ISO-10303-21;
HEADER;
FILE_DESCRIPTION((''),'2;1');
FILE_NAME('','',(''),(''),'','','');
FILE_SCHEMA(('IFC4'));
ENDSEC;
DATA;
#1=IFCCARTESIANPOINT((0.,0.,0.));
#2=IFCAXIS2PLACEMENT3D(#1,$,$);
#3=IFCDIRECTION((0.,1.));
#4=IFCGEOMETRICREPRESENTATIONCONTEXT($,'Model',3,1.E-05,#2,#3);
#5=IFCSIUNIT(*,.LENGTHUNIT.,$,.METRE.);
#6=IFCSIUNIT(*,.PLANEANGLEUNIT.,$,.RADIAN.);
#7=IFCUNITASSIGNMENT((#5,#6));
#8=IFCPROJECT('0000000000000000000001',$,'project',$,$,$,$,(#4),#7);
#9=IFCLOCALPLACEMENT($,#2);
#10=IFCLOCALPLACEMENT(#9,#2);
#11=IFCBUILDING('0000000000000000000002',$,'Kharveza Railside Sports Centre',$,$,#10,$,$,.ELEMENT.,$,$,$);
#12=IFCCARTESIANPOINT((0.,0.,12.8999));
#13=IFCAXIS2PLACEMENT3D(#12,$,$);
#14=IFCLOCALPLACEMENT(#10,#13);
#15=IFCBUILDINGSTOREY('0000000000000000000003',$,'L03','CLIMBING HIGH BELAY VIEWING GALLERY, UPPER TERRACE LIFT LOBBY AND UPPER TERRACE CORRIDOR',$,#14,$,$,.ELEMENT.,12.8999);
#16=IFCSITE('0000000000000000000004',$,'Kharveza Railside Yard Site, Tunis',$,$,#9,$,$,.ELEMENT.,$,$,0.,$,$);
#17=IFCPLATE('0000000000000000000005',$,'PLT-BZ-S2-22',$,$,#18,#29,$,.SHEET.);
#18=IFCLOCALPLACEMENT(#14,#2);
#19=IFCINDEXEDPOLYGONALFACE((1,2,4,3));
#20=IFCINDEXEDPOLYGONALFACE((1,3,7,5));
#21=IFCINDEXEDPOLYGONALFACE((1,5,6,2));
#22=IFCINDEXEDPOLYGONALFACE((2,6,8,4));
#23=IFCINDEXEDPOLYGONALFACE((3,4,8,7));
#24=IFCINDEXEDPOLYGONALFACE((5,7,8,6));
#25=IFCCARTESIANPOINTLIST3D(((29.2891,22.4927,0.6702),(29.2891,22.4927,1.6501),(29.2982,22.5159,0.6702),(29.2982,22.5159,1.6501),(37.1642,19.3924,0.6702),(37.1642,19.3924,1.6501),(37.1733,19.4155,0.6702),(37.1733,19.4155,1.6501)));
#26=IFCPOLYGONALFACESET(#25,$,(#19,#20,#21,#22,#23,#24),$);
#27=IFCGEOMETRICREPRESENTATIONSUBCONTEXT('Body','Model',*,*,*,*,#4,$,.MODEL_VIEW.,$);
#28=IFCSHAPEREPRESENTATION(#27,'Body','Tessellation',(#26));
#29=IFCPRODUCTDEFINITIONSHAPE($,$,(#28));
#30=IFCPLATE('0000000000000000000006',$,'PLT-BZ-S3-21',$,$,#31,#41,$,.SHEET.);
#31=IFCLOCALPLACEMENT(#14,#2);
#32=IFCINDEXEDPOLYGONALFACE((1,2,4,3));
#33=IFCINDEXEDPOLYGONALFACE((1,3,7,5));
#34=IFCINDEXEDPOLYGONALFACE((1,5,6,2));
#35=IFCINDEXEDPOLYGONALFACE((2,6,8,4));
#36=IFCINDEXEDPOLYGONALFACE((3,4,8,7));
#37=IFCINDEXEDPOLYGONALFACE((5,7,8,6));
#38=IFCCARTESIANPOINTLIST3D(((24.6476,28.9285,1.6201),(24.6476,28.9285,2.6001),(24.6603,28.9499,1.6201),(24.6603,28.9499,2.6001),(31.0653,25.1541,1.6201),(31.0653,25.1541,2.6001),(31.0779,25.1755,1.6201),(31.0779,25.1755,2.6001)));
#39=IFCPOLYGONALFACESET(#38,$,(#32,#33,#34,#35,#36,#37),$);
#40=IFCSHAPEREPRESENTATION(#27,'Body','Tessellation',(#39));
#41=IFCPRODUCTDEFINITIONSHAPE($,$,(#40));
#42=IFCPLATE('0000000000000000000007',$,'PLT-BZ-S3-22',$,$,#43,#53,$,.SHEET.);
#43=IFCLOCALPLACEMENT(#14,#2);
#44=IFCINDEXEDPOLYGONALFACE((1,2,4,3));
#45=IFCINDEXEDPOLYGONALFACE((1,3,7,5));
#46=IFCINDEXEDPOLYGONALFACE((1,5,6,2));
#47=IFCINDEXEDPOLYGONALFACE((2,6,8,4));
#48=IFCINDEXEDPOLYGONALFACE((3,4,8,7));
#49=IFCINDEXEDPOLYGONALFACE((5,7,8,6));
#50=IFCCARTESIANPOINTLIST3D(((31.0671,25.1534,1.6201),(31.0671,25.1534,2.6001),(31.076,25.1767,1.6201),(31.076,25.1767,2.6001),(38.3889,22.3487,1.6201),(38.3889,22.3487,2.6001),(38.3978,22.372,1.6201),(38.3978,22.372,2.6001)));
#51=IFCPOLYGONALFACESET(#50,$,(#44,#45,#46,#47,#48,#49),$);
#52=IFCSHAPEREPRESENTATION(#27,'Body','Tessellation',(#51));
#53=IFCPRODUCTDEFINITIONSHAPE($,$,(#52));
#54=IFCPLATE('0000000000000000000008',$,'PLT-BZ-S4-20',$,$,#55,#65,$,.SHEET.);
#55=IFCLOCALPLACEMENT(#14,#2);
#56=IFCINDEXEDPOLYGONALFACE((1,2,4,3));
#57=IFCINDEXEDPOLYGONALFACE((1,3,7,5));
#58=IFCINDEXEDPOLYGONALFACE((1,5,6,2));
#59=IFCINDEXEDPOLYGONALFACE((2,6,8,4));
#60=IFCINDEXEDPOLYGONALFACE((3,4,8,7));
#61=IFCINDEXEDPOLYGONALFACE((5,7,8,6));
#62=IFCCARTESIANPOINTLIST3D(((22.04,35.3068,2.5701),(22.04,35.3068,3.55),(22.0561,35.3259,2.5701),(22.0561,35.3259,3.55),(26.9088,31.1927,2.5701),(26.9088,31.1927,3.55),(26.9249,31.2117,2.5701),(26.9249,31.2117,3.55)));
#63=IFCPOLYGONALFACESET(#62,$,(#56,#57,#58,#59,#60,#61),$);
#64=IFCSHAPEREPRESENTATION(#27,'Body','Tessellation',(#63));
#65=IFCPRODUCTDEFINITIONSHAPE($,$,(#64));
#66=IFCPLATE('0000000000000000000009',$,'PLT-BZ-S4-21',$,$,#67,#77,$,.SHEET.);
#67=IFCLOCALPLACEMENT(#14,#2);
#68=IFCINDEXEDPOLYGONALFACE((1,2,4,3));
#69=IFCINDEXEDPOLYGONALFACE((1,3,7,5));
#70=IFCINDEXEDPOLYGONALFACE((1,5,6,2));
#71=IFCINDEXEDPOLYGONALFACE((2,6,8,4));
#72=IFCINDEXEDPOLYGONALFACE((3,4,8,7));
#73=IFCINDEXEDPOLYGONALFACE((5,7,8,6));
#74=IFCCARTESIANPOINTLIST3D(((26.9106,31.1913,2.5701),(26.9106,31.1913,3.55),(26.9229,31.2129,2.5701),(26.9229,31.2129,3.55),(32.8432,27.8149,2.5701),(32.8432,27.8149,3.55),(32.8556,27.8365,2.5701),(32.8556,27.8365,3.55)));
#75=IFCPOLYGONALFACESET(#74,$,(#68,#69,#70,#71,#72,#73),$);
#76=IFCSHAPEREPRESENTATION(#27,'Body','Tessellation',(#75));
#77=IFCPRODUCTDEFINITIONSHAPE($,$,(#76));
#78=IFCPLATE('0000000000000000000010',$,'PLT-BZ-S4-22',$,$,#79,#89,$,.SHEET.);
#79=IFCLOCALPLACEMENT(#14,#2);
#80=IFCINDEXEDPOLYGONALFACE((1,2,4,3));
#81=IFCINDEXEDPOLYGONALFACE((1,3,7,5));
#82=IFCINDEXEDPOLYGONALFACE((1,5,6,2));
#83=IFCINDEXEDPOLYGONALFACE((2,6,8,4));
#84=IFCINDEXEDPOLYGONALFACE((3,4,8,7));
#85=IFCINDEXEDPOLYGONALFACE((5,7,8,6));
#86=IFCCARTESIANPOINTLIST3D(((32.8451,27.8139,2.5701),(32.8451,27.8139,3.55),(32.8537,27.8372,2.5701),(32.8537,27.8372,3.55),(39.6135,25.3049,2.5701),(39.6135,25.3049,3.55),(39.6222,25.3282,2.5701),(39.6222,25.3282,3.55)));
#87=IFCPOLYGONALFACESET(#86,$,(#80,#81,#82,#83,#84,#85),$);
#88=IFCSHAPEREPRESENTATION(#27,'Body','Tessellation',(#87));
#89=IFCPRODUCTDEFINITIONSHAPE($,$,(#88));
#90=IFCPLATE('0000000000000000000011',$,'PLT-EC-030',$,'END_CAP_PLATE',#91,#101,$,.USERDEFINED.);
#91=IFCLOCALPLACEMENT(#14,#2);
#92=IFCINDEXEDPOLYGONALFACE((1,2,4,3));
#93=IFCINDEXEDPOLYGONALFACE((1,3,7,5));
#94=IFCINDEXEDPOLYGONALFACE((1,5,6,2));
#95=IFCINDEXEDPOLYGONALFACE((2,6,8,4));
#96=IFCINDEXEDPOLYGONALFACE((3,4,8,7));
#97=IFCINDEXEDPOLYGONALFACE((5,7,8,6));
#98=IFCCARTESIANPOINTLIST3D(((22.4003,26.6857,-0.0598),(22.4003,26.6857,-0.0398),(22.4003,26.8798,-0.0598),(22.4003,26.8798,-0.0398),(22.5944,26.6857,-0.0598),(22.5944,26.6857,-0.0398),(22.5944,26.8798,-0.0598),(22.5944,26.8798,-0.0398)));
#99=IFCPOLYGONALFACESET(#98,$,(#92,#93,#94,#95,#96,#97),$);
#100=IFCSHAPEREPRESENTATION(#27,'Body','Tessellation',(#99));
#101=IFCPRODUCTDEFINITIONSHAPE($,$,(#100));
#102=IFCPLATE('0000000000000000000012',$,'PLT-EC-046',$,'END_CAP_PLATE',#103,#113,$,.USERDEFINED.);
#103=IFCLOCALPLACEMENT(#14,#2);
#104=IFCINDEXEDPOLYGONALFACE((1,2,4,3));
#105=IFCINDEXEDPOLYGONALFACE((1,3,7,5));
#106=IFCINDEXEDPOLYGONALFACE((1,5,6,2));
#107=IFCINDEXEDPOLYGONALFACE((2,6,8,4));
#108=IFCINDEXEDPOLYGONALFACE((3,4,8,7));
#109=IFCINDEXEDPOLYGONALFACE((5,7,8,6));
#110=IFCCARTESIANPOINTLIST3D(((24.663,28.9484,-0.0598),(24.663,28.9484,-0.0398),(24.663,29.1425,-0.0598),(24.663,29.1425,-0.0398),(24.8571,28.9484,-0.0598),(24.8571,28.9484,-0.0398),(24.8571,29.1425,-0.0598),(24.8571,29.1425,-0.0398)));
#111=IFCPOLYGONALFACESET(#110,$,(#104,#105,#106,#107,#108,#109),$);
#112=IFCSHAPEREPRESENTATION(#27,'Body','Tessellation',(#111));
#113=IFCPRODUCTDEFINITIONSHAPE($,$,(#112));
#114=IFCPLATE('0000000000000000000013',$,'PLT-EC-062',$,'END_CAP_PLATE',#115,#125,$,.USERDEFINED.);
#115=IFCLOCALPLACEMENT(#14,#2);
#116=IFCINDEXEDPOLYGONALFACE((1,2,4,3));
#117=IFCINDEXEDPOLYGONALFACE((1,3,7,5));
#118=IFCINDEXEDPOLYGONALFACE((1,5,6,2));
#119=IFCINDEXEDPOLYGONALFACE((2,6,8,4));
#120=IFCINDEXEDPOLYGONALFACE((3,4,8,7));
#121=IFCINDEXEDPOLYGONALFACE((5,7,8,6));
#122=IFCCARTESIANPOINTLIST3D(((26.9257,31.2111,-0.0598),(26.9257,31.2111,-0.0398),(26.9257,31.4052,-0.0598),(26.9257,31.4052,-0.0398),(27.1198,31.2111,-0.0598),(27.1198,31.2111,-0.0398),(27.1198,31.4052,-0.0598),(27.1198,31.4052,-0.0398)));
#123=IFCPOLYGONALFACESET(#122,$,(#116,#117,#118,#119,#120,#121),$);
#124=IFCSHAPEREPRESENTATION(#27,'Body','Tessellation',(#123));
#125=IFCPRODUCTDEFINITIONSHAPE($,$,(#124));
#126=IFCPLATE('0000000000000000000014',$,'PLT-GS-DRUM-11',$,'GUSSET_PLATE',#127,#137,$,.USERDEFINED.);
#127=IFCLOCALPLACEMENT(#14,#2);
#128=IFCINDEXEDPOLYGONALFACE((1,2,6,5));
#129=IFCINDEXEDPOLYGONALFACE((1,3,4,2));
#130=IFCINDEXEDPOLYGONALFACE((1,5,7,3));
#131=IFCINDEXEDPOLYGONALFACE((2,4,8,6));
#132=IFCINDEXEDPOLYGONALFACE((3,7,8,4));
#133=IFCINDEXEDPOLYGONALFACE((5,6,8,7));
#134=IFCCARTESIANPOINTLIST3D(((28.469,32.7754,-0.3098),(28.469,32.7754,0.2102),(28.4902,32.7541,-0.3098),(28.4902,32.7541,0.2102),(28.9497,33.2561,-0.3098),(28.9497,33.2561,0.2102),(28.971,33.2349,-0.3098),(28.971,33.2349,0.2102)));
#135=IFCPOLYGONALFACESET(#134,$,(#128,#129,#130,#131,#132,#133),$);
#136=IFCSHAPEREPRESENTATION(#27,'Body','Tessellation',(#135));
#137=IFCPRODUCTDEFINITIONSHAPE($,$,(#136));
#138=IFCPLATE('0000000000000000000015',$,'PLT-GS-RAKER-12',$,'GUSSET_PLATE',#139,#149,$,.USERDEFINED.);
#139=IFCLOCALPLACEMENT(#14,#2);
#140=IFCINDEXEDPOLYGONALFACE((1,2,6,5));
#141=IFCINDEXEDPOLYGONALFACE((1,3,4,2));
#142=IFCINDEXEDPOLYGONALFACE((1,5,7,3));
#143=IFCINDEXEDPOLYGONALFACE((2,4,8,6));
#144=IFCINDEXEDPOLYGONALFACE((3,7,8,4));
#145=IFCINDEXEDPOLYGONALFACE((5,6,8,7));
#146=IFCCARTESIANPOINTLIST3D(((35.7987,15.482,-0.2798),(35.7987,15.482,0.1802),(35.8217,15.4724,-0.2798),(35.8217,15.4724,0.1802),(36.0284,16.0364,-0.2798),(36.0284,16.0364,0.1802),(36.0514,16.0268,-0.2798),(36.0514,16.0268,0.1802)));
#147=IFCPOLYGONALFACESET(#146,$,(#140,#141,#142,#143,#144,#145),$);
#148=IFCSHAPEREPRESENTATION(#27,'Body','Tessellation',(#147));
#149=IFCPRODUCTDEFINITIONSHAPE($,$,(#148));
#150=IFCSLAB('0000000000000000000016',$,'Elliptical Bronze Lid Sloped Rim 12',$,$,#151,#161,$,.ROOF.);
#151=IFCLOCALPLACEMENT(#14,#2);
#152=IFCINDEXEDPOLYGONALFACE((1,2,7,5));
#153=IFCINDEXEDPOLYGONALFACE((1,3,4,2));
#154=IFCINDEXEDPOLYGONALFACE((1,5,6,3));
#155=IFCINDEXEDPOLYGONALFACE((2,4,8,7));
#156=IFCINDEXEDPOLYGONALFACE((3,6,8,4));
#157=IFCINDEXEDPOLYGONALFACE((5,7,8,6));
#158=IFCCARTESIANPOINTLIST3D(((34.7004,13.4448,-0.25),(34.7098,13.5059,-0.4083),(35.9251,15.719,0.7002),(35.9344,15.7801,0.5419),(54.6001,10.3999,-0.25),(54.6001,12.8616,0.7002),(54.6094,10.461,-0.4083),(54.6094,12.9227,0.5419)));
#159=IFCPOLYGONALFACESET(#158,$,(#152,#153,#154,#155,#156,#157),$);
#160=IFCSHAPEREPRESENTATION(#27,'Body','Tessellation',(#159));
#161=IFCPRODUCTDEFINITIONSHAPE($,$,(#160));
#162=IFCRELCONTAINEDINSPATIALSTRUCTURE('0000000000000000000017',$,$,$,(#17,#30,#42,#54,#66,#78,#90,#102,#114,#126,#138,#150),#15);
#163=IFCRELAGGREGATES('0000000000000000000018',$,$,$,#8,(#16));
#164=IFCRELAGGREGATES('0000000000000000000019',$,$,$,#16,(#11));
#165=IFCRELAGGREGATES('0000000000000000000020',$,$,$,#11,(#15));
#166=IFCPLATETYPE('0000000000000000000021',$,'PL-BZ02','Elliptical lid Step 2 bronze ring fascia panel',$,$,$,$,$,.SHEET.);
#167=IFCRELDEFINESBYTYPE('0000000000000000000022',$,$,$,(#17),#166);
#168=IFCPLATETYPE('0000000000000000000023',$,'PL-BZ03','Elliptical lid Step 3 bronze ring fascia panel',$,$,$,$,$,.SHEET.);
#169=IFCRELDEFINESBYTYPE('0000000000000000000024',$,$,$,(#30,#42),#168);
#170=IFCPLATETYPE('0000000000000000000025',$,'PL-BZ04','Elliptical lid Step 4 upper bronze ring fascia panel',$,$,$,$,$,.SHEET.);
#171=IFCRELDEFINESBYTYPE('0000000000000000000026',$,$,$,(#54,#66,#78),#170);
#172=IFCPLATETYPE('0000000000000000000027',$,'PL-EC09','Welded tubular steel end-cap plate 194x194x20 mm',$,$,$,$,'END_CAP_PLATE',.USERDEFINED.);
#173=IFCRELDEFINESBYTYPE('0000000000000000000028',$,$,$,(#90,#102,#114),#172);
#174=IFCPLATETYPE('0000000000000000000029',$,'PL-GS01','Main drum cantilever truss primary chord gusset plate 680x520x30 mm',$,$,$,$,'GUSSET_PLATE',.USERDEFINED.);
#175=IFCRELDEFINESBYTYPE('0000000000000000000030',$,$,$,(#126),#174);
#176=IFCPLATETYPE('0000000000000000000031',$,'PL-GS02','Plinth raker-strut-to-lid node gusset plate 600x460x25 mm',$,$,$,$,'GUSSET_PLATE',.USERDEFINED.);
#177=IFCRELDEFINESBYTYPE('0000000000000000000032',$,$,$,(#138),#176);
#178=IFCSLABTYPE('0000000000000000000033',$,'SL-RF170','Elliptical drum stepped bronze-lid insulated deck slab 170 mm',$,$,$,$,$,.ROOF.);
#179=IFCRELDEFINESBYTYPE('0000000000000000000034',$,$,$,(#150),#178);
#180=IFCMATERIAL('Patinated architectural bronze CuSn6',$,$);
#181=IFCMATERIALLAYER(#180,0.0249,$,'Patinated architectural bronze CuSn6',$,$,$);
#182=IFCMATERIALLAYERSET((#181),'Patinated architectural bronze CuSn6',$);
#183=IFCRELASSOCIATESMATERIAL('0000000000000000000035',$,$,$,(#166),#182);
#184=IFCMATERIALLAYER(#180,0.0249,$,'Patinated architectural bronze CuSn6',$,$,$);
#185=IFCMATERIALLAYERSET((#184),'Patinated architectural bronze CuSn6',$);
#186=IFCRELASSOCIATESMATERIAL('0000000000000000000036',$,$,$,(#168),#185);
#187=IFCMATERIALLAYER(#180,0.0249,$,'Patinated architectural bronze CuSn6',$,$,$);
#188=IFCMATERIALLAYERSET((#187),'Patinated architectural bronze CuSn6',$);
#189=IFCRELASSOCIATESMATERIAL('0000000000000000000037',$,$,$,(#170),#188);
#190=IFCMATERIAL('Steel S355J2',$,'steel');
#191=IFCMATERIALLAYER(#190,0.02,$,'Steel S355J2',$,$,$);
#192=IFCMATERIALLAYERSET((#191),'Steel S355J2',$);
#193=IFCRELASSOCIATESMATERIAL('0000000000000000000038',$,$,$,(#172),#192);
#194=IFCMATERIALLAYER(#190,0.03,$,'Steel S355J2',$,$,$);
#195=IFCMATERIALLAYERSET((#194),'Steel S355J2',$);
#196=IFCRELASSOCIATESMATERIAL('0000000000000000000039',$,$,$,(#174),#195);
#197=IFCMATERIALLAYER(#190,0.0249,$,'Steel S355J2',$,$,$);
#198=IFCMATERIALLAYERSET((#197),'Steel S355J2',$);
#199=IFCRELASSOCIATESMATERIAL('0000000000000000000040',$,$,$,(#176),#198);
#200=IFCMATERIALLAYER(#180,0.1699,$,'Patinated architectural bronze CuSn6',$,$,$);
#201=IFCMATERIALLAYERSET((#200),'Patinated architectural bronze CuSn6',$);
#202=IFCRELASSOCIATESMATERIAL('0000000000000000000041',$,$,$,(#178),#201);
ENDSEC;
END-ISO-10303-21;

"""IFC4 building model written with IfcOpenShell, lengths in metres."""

from ifc_helpers import new_model, si_unit, direction, frame, origin, origin_2d, place, context, subcontext, project, spatial, polyline, rectangle, outline, extrude, material, layer, layer_set, type_object, element, save


model = new_model("IFC4")

# Units and contexts
model_context = context("Model", 3, precision=1e-05, world=origin(), true_north=direction((0.0, 1.0)))
body_context = subcontext(model_context, "Body", "Model", "MODEL_VIEW")
ifc_project = project(units=[si_unit("LENGTHUNIT", "METRE"), si_unit("PLANEANGLEUNIT", "RADIAN")], contexts=[model_context])

# Site, building, storey
site_placement = place(None, origin())
site = spatial("IfcSite", under=ifc_project, at=site_placement, Name="Kharveza Railside Yard Site, Tunis", CompositionType="ELEMENT", RefElevation=0.0)
building_placement = place(site_placement, origin())
building = spatial("IfcBuilding", under=site, at=building_placement, Name="Kharveza Railside Sports Centre", CompositionType="ELEMENT")
storey_placement = place(building_placement, frame((0.0, 0.0, 12.8999)))
storey = spatial("IfcBuildingStorey", under=building, at=storey_placement, Name="L03", Description="CLIMBING HIGH BELAY VIEWING GALLERY, UPPER TERRACE LIFT LOBBY AND UPPER TERRACE CORRIDOR", CompositionType="ELEMENT", Elevation=12.8999)

# Shared definitions
ifc_material_1 = material(Name="Steel S355J2", Category="steel")

# Plates
ifc_material_2 = material(Name="Patinated architectural bronze CuSn6")
ifc_layer_1 = layer(ifc_material_2, 0.0249, Name="Patinated architectural bronze CuSn6")
ifc_layer_set_1 = layer_set([ifc_layer_1], Name="Patinated architectural bronze CuSn6")
plate_type_1 = type_object("IfcPlateType", Name="PL-BZ02", Description="Elliptical lid Step 2 bronze ring fascia panel", PredefinedType="SHEET", material=ifc_layer_set_1)
plate_1_placement = place(storey_placement, frame((33.2312, 20.9541, 0.6702), z_axis=(0.0, 0.0, 1.0), x_axis=(0.930488, -0.366323, 0.0)))
element("IfcPlate", 1, at=plate_1_placement, inside=storey, type_object=plate_type_1, Name="PLT-BZ-S2-22", PredefinedType="SHEET", context=body_context, shape_type="SweptSolid", body=[
    extrude(rectangle(XDim=8.4634, YDim=0.0249, at=origin_2d()), origin(), (0.0, 0.0, 1.0), 0.98),
])
ifc_layer_2 = layer(ifc_material_2, 0.0249, Name="Patinated architectural bronze CuSn6")
ifc_layer_set_2 = layer_set([ifc_layer_2], Name="Patinated architectural bronze CuSn6")
plate_type_2 = type_object("IfcPlateType", Name="PL-BZ03", Description="Elliptical lid Step 3 bronze ring fascia panel", PredefinedType="SHEET", material=ifc_layer_set_2)
plate_2_placement = place(storey_placement, frame((27.8628, 27.052, 1.6201), z_axis=(0.0, 0.0, 1.0), x_axis=(0.861974, -0.506952, 0.0)))
element("IfcPlate", 2, at=plate_2_placement, inside=storey, type_object=plate_type_2, Name="PLT-BZ-S3-21", PredefinedType="SHEET", context=body_context, shape_type="SweptSolid", body=[
    extrude(rectangle(XDim=7.4453, YDim=0.0249, at=origin_2d()), origin(), (0.0, 0.0, 1.0), 0.98),
])
plate_3_placement = place(storey_placement, frame((34.7324, 23.7627, 1.6201), z_axis=(0.0, 0.0, 1.0), x_axis=(0.93383, -0.357716, 0.0)))
element("IfcPlate", 3, at=plate_3_placement, inside=storey, type_object=plate_type_2, Name="PLT-BZ-S3-22", PredefinedType="SHEET", context=body_context, shape_type="SweptSolid", body=[
    extrude(rectangle(XDim=7.8406, YDim=0.0249, at=origin_2d()), origin(), (0.0, 0.0, 1.0), 0.98),
])
ifc_layer_3 = layer(ifc_material_2, 0.0249, Name="Patinated architectural bronze CuSn6")
ifc_layer_set_3 = layer_set([ifc_layer_3], Name="Patinated architectural bronze CuSn6")
plate_type_3 = type_object("IfcPlateType", Name="PL-BZ04", Description="Elliptical lid Step 4 upper bronze ring fascia panel", PredefinedType="SHEET", material=ifc_layer_set_3)
plate_4_placement = place(storey_placement, frame((24.4824, 33.2593, 2.5701), z_axis=(0.0, 0.0, 1.0), x_axis=(0.763819, -0.645431, 0.0)))
element("IfcPlate", 4, at=plate_4_placement, inside=storey, type_object=plate_type_3, Name="PLT-BZ-S4-20", PredefinedType="SHEET", context=body_context, shape_type="SweptSolid", body=[
    extrude(rectangle(XDim=6.3743, YDim=0.0249, at=origin_2d()), origin(), (0.0, 0.0, 1.0), 0.98),
])
plate_5_placement = place(storey_placement, frame((29.8831, 29.5139, 2.5701), z_axis=(0.0, 0.0, 1.0), x_axis=(0.869107, -0.494625, 0.0)))
element("IfcPlate", 5, at=plate_5_placement, inside=storey, type_object=plate_type_3, Name="PLT-BZ-S4-21", PredefinedType="SHEET", context=body_context, shape_type="SweptSolid", body=[
    extrude(rectangle(XDim=6.8262, YDim=0.0249, at=origin_2d()), origin(), (0.0, 0.0, 1.0), 0.98),
])
plate_6_placement = place(storey_placement, frame((36.2336, 26.571, 2.5701), z_axis=(0.0, 0.0, 1.0), x_axis=(0.937653, -0.347574, 0.0)))
element("IfcPlate", 6, at=plate_6_placement, inside=storey, type_object=plate_type_3, Name="PLT-BZ-S4-22", PredefinedType="SHEET", context=body_context, shape_type="SweptSolid", body=[
    extrude(rectangle(XDim=7.2185, YDim=0.0249, at=origin_2d()), origin(), (0.0, 0.0, 1.0), 0.98),
])
ifc_layer_4 = layer(ifc_material_1, 0.02, Name="Steel S355J2")
ifc_layer_set_4 = layer_set([ifc_layer_4], Name="Steel S355J2")
plate_type_4 = type_object("IfcPlateType", Name="PL-EC09", Description="Welded tubular steel end-cap plate 194x194x20 mm", ElementType="END_CAP_PLATE", PredefinedType="USERDEFINED", material=ifc_layer_set_4)
for number, where, z_axis, x_axis, name in (
    (7, (22.4973, 26.7827, -0.0598), (0.0, 0.0, 1.0), (1.0, 0.0, 0.0), "PLT-EC-030"),
    (8, (24.76, 29.0454, -0.0598), (0.0, 0.0, 1.0), (1.0, 0.0, 0.0), "PLT-EC-046"),
    (9, (27.0227, 31.3081, -0.0598), (0.0, 0.0, 1.0), (1.0, 0.0, 0.0), "PLT-EC-062"),
):
    element("IfcPlate", number, at=place(storey_placement, frame(where, z_axis=z_axis, x_axis=x_axis)), inside=storey, type_object=plate_type_4, Name=name, ObjectType="END_CAP_PLATE", PredefinedType="USERDEFINED", context=body_context, shape_type="SweptSolid", body=[
        extrude(rectangle(XDim=0.1941, YDim=0.1941, at=origin_2d()), origin(), (0.0, 0.0, 1.0), 0.02),
    ])
ifc_layer_5 = layer(ifc_material_1, 0.03, Name="Steel S355J2")
ifc_layer_set_5 = layer_set([ifc_layer_5], Name="Steel S355J2")
plate_type_5 = type_object("IfcPlateType", Name="PL-GS01", Description="Main drum cantilever truss primary chord gusset plate 680x520x30 mm", ElementType="GUSSET_PLATE", PredefinedType="USERDEFINED", material=ifc_layer_set_5)
plate_7_placement = place(storey_placement, frame((28.72, 33.0051, -0.3098), z_axis=(0.0, 0.0, 1.0), x_axis=(-0.707107, -0.707107, 0.0)))
element("IfcPlate", 10, at=plate_7_placement, inside=storey, type_object=plate_type_5, Name="PLT-GS-DRUM-11", ObjectType="GUSSET_PLATE", PredefinedType="USERDEFINED", context=body_context, shape_type="SweptSolid", body=[
    extrude(rectangle(XDim=0.6799, YDim=0.03, at=origin_2d()), origin(), (0.0, 0.0, 1.0), 0.52),
])
ifc_layer_6 = layer(ifc_material_1, 0.0249, Name="Steel S355J2")
ifc_layer_set_6 = layer_set([ifc_layer_6], Name="Steel S355J2")
plate_type_6 = type_object("IfcPlateType", Name="PL-GS02", Description="Plinth raker-strut-to-lid node gusset plate 600x460x25 mm", ElementType="GUSSET_PLATE", PredefinedType="USERDEFINED", material=ifc_layer_set_6)
plate_8_placement = place(storey_placement, frame((35.925, 15.7544, -0.2798), z_axis=(0.0, 0.0, 1.0), x_axis=(-0.382683, -0.92388, 0.0)))
element("IfcPlate", 11, at=plate_8_placement, inside=storey, type_object=plate_type_6, Name="PLT-GS-RAKER-12", ObjectType="GUSSET_PLATE", PredefinedType="USERDEFINED", context=body_context, shape_type="SweptSolid", body=[
    extrude(rectangle(XDim=0.6001, YDim=0.0249, at=origin_2d()), origin(), (0.0, 0.0, 1.0), 0.46),
])

# Slab
ifc_layer_7 = layer(ifc_material_2, 0.1699, Name="Patinated architectural bronze CuSn6")
ifc_layer_set_7 = layer_set([ifc_layer_7], Name="Patinated architectural bronze CuSn6")
slab_type = type_object("IfcSlabType", Name="SL-RF170", Description="Elliptical drum stepped bronze-lid insulated deck slab 170 mm", PredefinedType="ROOF", material=ifc_layer_set_7)
slab_placement = place(storey_placement, frame((34.7004, 13.4448, -0.25), z_axis=(-0.055017, -0.359563, 0.931497), x_axis=(0.988495, -0.151253, -0.000001)))
element("IfcSlab", 12, at=slab_placement, inside=storey, type_object=slab_type, Name="Elliptical Bronze Lid Sloped Rim 12", PredefinedType="ROOF", context=body_context, shape_type="SweptSolid", body=[
    extrude(outline(polyline([(0.0, 0.0), (20.1313, 0.0), (19.7589, 2.6123), (0.8665, 2.6122), (0.0, 0.0)])), origin(), (0.0, 0.0, -1.0), 0.1699),
])

save(model, "model.ifc")
